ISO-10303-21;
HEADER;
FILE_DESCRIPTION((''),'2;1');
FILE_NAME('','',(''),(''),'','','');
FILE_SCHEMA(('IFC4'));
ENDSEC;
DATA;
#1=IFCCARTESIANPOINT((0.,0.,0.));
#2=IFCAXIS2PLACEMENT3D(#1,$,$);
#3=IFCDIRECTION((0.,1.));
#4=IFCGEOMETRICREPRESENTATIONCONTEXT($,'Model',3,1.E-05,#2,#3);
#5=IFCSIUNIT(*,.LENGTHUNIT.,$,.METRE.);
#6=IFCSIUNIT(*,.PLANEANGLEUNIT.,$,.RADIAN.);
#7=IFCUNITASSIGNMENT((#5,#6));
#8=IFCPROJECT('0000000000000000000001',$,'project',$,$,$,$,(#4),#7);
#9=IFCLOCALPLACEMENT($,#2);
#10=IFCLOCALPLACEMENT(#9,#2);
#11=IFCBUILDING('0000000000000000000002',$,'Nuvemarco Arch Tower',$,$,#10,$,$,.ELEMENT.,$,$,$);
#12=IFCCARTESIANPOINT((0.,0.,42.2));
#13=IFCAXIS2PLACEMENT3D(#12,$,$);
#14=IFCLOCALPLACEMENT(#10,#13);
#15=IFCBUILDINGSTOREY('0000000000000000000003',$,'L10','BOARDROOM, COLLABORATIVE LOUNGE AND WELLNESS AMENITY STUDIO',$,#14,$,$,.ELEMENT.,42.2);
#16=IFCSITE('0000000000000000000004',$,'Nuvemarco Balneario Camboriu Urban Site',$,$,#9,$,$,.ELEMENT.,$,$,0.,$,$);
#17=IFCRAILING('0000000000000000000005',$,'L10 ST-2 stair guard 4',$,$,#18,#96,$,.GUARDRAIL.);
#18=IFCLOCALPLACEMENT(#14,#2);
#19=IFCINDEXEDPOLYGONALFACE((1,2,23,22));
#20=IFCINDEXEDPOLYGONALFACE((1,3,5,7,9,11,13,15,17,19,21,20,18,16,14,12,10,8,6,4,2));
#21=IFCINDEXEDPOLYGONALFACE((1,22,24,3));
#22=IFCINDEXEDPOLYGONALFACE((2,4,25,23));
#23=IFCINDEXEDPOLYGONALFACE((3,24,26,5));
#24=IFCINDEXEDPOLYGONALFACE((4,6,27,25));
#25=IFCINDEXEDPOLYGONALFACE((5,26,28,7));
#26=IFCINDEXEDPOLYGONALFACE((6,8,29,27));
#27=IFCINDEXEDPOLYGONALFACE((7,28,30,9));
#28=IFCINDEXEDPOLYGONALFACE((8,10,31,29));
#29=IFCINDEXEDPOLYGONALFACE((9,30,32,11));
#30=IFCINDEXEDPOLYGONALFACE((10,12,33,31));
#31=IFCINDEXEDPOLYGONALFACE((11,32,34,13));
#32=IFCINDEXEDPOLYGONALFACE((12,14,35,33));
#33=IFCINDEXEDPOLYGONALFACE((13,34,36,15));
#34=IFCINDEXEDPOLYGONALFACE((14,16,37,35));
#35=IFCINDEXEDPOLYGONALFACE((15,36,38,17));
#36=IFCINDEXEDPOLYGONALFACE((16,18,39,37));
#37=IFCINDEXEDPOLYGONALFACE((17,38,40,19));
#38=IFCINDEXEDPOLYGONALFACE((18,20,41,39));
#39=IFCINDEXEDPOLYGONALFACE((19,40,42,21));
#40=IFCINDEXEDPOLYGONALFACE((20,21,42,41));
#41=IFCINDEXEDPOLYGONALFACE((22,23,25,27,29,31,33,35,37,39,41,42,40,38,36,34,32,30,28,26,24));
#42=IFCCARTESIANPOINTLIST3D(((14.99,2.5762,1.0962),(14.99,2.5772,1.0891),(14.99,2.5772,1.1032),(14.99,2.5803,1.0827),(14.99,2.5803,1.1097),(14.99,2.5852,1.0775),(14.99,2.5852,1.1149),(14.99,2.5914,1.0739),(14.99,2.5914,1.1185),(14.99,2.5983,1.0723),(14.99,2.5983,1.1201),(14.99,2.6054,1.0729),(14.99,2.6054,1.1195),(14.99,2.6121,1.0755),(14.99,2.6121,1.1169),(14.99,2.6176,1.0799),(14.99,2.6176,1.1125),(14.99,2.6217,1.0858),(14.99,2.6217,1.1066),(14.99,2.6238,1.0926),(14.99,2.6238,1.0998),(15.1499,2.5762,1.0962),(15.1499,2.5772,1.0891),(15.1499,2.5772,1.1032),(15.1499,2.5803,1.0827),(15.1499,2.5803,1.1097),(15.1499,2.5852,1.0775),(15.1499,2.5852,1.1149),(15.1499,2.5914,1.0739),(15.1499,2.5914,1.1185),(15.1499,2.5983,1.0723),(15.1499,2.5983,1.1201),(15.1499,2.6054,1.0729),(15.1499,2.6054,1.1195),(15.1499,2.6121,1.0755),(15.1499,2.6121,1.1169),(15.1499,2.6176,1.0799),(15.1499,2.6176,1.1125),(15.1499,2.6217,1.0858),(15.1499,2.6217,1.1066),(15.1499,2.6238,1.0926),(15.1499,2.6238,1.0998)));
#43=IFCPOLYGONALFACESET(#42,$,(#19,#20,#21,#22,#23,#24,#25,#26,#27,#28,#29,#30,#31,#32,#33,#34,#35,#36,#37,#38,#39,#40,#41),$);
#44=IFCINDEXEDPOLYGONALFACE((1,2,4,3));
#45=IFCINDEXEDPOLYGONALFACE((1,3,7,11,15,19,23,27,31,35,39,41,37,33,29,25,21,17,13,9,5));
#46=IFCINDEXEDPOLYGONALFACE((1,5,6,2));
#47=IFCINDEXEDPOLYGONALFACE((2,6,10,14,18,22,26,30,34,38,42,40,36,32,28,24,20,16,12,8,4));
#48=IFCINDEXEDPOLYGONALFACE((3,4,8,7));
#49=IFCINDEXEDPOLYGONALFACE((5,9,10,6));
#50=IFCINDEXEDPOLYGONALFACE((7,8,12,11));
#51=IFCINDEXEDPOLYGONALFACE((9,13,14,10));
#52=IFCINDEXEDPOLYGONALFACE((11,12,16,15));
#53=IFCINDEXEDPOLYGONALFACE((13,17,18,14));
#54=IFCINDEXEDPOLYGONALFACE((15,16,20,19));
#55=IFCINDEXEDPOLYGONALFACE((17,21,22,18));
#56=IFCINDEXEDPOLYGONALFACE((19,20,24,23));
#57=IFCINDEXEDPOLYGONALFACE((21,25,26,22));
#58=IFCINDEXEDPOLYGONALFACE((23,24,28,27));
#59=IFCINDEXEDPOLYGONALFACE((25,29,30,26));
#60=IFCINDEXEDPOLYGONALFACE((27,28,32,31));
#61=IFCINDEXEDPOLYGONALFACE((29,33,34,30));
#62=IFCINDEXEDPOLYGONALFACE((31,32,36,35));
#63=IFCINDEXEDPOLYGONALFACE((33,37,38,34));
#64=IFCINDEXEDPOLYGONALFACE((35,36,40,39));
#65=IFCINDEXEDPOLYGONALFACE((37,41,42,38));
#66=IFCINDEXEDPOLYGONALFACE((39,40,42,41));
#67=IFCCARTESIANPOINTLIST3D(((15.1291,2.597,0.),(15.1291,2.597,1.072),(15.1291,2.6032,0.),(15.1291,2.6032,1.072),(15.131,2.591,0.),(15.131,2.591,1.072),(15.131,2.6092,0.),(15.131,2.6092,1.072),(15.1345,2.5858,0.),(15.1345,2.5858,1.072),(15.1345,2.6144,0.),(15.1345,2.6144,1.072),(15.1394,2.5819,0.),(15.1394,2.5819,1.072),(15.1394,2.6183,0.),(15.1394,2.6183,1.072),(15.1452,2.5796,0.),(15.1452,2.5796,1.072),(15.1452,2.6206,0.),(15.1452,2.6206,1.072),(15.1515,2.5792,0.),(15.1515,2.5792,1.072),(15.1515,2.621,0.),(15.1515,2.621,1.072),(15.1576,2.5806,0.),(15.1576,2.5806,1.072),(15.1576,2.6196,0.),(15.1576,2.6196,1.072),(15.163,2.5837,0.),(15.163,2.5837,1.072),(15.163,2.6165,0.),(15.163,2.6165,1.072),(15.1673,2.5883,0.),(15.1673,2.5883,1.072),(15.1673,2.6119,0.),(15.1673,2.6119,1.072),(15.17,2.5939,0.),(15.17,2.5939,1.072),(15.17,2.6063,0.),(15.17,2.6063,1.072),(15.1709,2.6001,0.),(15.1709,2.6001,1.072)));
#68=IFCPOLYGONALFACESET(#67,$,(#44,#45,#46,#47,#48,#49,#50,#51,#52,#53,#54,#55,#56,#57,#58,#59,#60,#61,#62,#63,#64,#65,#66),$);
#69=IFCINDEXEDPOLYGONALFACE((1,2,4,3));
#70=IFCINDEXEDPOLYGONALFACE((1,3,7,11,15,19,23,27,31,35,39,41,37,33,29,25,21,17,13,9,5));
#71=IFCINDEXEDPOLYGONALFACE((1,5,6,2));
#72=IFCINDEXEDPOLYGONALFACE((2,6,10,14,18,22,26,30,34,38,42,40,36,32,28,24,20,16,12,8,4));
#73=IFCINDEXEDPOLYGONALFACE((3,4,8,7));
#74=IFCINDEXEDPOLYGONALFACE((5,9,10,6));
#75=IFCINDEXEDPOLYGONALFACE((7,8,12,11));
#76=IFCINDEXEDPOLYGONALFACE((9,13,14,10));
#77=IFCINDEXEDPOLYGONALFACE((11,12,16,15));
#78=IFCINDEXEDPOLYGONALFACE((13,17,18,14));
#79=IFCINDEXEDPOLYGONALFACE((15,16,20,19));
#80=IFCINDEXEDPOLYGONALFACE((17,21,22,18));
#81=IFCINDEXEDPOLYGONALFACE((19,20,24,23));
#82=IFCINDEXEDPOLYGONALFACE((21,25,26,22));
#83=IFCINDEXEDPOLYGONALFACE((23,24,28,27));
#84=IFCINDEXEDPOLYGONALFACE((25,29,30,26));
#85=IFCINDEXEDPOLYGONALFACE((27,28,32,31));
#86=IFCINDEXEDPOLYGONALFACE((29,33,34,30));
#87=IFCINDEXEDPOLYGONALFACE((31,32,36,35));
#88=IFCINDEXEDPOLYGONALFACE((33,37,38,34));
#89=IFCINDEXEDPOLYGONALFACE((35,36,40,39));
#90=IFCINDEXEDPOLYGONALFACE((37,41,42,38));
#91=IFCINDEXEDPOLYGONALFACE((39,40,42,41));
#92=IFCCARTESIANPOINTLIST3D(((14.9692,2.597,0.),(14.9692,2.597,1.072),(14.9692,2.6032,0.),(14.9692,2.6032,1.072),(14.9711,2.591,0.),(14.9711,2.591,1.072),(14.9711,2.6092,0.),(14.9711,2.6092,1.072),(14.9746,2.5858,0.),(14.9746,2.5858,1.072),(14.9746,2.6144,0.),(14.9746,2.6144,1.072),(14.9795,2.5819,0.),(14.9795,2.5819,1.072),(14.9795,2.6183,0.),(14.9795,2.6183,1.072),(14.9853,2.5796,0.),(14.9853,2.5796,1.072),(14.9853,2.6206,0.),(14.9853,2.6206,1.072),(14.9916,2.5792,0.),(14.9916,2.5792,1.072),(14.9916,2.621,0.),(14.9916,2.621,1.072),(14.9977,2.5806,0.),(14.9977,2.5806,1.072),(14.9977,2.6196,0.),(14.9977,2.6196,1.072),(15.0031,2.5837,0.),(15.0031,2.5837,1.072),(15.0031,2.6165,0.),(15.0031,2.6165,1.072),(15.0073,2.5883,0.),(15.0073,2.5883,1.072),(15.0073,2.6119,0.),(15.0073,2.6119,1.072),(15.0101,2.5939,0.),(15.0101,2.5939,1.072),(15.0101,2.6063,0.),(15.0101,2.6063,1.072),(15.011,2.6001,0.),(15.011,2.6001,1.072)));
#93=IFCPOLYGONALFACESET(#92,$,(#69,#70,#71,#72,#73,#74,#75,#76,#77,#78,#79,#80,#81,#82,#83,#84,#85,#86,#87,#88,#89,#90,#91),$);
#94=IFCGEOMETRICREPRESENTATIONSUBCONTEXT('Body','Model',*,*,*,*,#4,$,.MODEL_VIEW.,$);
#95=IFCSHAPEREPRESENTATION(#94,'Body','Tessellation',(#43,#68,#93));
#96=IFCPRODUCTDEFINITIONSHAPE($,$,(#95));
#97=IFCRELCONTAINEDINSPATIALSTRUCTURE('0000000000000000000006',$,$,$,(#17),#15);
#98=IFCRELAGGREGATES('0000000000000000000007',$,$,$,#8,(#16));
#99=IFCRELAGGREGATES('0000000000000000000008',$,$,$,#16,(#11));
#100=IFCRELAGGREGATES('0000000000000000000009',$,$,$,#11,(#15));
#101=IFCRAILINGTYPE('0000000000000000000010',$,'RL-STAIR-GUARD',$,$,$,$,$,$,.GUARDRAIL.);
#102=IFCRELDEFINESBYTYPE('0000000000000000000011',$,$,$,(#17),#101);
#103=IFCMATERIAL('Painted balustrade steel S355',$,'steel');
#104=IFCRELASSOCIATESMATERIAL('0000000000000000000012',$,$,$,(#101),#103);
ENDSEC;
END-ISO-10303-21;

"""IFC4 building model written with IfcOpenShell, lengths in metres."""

from ifc_helpers import new_model, si_unit, direction, frame, origin, origin_2d, place, context, subcontext, project, spatial, circle, extrude, material, type_object, element, save


model = new_model("IFC4")

# Units and contexts
model_context = context("Model", 3, precision=1e-05, world=origin(), true_north=direction((0.0, 1.0)))
body_context = subcontext(model_context, "Body", "Model", "MODEL_VIEW")
ifc_project = project(units=[si_unit("LENGTHUNIT", "METRE"), si_unit("PLANEANGLEUNIT", "RADIAN")], contexts=[model_context])

# Site, building, storey
site_placement = place(None, origin())
site = spatial("IfcSite", under=ifc_project, at=site_placement, Name="Nuvemarco Balneario Camboriu Urban Site", CompositionType="ELEMENT", RefElevation=0.0)
building_placement = place(site_placement, origin())
building = spatial("IfcBuilding", under=site, at=building_placement, Name="Nuvemarco Arch Tower", CompositionType="ELEMENT")
storey_placement = place(building_placement, frame((0.0, 0.0, 42.2)))
storey = spatial("IfcBuildingStorey", under=building, at=storey_placement, Name="L10", Description="BOARDROOM, COLLABORATIVE LOUNGE AND WELLNESS AMENITY STUDIO", CompositionType="ELEMENT", Elevation=42.2)

# Railing
ifc_material_1 = material(Name="Painted balustrade steel S355", Category="steel")
railing_type_1 = type_object("IfcRailingType", Name="RL-STAIR-GUARD", PredefinedType="GUARDRAIL", material=ifc_material_1)
railing_1_placement = place(storey_placement, frame((15.1499, 2.6001, 0.0)))
element("IfcRailing", 1, at=railing_1_placement, inside=storey, type_object=railing_type_1, Name="L10 ST-2 stair guard 4", PredefinedType="GUARDRAIL", context=body_context, shape_type="SweptSolid", body=[
    extrude(circle(Radius=0.0239, at=origin_2d()), frame((0.0, 0.0, 1.0962), z_axis=(-1.0, 0.0, 0.0), x_axis=(0.0, -1.0, 0.0)), (0.0, 0.0, 1.0), 0.1599),
    extrude(circle(Radius=0.021, at=origin_2d()), origin(), (0.0, 0.0, 1.0), 1.072),
    extrude(circle(Radius=0.021, at=origin_2d()), frame((-0.1599, 0.0, 0.0)), (0.0, 0.0, 1.0), 1.072),
])

save(model, "model.ifc")
